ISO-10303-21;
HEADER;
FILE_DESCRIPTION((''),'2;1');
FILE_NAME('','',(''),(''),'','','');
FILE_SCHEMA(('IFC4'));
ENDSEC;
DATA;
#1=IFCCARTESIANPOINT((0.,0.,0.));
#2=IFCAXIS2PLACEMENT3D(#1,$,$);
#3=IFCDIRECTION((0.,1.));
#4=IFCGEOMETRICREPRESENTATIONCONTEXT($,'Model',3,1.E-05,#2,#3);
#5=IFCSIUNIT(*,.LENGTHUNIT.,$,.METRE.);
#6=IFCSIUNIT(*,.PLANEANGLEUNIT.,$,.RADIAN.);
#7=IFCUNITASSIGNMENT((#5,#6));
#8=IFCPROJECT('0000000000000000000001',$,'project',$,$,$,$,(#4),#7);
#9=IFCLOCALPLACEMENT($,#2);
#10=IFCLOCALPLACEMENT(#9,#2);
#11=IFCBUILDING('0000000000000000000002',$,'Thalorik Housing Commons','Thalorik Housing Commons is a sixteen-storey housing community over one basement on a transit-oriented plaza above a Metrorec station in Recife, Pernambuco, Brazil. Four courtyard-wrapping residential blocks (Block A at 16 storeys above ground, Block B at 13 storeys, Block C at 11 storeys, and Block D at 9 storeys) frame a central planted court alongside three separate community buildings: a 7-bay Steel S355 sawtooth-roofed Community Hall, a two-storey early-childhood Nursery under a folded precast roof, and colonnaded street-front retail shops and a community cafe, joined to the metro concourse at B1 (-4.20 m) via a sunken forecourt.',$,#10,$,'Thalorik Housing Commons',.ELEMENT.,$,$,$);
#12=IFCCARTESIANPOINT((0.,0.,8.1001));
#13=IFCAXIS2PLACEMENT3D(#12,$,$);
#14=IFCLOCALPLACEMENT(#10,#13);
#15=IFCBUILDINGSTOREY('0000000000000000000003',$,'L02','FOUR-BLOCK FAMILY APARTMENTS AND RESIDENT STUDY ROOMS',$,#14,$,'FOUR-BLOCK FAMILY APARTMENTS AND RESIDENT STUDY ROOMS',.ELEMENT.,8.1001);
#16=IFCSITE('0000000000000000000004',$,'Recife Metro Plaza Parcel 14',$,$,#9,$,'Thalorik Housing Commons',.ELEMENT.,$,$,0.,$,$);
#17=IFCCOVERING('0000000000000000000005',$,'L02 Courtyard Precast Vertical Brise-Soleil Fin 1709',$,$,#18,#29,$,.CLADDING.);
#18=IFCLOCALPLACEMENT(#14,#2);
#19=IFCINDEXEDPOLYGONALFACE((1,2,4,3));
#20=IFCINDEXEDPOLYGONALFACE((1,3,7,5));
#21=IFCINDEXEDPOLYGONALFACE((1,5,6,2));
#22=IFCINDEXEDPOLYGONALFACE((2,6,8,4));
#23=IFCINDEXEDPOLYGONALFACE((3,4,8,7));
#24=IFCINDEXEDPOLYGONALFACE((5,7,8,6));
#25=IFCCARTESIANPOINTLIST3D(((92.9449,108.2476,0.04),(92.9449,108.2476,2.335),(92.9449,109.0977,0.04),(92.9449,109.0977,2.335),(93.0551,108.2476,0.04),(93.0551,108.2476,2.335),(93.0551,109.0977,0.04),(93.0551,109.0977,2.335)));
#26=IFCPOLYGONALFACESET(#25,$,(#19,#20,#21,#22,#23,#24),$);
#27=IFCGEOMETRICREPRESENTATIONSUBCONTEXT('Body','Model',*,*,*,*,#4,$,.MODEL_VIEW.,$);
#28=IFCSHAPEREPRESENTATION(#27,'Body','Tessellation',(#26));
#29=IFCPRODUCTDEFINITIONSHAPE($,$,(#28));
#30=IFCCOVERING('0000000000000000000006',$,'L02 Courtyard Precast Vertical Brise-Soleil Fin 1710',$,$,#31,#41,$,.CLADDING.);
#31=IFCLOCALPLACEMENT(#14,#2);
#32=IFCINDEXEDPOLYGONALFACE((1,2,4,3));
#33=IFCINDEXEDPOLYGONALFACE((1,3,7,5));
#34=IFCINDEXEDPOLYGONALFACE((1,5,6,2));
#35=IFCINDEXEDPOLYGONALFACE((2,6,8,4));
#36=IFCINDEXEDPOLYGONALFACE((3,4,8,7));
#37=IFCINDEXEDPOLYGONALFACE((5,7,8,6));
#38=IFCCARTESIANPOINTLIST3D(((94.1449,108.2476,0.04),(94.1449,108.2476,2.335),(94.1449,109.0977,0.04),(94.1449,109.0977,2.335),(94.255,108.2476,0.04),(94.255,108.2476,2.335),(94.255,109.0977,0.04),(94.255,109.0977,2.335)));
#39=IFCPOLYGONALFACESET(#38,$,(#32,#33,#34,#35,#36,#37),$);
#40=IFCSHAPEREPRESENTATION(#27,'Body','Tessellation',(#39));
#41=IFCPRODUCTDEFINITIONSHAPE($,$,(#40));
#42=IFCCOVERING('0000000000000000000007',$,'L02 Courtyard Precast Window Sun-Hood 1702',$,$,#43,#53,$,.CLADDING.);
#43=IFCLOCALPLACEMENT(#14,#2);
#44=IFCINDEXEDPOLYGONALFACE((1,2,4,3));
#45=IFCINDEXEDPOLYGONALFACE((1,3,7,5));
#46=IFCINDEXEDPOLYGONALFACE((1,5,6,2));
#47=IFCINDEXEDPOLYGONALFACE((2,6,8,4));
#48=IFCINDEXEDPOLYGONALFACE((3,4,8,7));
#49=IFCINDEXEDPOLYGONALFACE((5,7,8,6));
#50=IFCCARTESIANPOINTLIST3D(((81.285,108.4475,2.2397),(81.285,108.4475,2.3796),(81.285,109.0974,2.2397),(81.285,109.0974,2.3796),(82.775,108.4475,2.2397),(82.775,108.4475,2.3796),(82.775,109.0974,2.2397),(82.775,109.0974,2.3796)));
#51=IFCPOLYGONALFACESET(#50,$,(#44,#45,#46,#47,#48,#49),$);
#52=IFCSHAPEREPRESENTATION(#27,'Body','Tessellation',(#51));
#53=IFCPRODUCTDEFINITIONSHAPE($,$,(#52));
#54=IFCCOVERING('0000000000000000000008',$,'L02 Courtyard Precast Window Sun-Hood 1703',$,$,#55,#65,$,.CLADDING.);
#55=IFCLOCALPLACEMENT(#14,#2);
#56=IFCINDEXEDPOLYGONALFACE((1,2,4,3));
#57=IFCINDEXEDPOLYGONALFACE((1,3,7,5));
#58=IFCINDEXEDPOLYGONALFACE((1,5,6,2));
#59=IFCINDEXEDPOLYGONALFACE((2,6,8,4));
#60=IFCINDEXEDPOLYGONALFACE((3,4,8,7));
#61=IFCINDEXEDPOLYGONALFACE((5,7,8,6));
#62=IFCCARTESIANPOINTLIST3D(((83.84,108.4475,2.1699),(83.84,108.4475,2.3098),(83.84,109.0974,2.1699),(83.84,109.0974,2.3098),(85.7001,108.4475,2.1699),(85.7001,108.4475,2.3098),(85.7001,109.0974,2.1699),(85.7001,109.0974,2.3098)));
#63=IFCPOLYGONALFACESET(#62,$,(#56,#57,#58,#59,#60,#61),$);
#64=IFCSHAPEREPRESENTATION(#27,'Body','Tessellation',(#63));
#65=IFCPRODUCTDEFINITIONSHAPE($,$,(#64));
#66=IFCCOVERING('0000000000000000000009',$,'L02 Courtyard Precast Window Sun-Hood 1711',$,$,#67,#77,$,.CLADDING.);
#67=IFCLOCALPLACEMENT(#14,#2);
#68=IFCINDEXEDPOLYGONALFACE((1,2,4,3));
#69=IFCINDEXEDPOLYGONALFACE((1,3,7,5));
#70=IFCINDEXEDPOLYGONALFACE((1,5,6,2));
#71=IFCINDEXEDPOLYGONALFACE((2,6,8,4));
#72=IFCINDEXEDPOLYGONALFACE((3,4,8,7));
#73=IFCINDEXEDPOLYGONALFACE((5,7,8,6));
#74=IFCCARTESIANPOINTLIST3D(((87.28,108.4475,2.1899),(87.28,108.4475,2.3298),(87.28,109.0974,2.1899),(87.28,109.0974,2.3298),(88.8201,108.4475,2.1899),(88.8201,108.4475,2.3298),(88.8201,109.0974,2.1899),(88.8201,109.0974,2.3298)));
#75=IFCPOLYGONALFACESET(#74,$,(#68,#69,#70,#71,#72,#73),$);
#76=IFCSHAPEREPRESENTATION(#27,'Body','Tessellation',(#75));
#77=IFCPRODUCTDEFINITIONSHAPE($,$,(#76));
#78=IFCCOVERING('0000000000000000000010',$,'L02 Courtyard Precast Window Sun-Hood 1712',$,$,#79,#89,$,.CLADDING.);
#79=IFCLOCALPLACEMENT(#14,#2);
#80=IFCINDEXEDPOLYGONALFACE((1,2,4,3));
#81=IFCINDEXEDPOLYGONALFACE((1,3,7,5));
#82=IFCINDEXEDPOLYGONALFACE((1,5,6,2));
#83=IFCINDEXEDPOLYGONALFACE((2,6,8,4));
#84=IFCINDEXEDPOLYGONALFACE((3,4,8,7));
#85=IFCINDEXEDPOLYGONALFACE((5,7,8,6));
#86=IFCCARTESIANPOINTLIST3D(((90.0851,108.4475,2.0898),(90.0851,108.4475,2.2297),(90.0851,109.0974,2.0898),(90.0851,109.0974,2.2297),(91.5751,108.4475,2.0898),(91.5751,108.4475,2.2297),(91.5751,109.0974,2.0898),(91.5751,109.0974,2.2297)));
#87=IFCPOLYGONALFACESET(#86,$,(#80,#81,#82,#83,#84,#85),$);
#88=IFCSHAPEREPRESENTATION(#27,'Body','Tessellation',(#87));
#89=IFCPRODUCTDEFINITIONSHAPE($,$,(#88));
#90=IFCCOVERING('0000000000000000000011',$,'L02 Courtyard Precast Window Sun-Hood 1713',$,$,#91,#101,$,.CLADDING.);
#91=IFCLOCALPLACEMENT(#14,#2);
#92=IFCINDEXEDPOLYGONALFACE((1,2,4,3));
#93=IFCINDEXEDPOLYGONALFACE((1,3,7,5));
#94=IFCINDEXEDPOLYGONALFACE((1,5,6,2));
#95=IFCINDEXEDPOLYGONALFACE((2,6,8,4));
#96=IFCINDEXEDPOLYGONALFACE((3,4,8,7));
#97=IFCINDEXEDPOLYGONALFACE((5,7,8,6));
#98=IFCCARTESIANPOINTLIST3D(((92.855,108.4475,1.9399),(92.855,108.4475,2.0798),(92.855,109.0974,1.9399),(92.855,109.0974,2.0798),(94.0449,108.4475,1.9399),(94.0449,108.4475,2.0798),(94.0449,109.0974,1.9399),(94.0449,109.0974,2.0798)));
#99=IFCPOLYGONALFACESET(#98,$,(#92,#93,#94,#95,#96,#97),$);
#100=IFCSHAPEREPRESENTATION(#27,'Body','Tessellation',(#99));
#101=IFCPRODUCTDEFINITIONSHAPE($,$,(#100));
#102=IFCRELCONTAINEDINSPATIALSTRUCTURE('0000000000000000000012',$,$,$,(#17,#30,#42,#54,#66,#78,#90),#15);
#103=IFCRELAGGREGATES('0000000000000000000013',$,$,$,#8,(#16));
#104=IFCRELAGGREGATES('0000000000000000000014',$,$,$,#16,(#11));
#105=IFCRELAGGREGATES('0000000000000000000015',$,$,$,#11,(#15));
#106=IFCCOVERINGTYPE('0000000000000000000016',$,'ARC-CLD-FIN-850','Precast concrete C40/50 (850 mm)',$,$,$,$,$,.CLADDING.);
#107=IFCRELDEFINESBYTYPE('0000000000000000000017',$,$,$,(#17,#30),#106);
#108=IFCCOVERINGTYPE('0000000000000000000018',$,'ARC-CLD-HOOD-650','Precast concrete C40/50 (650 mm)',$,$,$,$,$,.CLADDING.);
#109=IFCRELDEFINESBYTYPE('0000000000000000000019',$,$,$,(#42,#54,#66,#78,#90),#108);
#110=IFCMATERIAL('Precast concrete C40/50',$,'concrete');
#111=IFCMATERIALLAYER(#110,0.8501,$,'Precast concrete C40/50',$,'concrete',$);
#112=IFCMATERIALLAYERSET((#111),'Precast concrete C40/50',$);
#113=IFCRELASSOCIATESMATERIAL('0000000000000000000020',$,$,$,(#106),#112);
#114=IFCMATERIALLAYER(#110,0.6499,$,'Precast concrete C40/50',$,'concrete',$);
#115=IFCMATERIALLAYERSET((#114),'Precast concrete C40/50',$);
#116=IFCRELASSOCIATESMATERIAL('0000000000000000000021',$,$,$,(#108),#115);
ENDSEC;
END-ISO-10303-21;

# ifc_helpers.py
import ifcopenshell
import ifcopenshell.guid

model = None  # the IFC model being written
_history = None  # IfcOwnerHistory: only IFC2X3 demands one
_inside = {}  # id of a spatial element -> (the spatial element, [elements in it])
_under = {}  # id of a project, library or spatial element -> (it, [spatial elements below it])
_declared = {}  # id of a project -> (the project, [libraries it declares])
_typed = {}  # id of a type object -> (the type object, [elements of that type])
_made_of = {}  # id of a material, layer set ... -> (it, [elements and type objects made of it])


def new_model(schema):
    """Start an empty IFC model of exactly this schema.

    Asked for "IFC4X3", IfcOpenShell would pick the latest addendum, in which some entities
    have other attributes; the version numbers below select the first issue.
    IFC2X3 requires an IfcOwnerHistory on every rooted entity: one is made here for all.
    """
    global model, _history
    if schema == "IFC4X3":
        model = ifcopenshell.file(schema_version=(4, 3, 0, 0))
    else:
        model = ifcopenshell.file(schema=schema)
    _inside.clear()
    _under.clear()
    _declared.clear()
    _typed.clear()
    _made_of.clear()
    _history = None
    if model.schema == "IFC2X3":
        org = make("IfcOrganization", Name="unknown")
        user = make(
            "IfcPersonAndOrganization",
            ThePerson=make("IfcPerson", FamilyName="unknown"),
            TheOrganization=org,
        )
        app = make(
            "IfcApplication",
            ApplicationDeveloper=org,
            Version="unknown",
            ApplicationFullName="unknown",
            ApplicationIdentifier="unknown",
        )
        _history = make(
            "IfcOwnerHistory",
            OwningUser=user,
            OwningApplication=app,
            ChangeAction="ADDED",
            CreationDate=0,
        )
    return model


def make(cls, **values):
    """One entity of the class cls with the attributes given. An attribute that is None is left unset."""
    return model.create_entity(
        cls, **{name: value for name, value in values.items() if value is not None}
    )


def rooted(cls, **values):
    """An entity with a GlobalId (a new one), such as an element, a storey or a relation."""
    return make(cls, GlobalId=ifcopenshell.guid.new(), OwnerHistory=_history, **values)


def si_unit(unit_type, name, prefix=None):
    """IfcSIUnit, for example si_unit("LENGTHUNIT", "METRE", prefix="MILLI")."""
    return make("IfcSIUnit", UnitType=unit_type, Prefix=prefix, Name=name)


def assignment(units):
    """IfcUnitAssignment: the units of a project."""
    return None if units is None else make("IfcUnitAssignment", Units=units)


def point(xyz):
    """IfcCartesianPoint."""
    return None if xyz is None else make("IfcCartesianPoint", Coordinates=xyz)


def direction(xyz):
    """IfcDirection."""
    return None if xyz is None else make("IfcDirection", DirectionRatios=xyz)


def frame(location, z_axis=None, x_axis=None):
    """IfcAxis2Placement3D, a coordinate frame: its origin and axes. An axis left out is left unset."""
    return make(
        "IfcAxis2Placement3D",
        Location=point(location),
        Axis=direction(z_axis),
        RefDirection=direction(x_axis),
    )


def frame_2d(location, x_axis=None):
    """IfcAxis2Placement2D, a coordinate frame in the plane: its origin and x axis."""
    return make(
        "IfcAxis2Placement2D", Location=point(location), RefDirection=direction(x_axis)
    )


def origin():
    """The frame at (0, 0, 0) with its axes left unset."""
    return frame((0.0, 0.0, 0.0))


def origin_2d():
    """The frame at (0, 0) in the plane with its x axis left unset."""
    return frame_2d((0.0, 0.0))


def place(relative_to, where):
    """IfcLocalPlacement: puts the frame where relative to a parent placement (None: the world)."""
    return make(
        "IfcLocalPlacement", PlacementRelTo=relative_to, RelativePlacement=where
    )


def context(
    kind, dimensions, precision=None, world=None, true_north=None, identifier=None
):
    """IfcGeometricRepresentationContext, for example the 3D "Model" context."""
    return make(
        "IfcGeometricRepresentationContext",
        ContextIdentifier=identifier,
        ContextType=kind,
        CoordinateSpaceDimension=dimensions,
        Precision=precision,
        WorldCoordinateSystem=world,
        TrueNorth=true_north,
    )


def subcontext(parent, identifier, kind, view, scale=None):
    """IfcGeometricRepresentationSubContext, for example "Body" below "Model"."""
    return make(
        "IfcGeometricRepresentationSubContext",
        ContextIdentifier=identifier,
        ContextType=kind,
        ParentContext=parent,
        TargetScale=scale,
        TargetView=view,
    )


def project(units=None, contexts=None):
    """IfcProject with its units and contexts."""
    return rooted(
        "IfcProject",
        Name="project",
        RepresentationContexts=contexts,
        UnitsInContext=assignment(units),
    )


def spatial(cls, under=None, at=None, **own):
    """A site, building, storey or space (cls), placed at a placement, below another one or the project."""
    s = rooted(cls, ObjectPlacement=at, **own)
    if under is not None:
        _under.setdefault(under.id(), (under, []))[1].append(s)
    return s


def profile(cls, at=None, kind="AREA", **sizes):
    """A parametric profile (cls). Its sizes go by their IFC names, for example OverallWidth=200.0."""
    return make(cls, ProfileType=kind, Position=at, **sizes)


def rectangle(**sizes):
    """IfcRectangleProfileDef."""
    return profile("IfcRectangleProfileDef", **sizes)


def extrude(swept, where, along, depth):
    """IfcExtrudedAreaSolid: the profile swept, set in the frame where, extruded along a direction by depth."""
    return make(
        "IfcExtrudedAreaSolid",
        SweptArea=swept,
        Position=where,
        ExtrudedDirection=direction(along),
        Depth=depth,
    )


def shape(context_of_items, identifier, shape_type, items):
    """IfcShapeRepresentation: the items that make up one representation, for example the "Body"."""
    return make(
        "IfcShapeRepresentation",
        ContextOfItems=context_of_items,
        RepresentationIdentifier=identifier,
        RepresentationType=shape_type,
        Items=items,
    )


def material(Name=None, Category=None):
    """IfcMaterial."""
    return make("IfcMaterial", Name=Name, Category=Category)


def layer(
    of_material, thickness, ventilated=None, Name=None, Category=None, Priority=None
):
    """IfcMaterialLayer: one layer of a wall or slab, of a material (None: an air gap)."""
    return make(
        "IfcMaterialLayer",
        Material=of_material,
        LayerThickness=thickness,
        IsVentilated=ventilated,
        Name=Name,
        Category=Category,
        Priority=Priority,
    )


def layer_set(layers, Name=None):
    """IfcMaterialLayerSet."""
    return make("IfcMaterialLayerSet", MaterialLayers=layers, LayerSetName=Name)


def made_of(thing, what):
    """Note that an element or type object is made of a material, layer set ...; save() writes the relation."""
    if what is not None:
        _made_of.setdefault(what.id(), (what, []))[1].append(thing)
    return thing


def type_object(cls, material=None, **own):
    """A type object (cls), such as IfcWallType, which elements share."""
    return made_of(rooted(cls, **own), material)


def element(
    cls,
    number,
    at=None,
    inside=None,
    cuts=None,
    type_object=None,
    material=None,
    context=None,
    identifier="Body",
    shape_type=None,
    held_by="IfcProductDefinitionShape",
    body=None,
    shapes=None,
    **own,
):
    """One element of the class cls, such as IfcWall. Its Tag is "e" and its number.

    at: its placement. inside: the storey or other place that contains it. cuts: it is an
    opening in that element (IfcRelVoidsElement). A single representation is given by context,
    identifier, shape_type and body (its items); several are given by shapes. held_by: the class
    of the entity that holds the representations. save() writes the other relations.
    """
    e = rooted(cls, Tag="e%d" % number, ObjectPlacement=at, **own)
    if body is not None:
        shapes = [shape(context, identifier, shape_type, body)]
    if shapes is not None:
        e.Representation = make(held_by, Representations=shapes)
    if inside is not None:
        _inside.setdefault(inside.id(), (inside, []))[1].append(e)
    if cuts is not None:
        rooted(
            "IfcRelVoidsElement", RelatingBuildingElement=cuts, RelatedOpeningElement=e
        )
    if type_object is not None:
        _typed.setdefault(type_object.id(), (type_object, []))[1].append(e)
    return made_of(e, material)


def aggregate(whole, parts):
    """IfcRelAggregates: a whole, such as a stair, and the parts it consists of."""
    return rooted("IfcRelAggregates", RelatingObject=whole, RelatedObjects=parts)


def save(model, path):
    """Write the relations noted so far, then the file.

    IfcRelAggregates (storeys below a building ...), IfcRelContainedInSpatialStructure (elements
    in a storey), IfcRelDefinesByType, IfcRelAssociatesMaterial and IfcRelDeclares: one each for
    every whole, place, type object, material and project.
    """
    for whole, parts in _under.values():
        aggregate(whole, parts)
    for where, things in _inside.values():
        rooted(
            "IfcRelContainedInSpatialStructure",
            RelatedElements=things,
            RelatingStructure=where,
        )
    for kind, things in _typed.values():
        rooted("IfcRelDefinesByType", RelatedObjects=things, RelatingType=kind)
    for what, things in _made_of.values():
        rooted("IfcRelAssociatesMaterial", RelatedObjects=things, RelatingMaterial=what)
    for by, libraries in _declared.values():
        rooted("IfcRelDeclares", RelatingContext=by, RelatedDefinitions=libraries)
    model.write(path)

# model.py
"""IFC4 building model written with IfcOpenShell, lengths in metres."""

from ifc_helpers import new_model, si_unit, direction, frame, origin, origin_2d, place, context, subcontext, project, spatial, rectangle, extrude, material, layer, layer_set, type_object, element, save


model = new_model("IFC4")

# Units and contexts
model_context = context("Model", 3, precision=1e-05, world=origin(), true_north=direction((0.0, 1.0)))
body_context = subcontext(model_context, "Body", "Model", "MODEL_VIEW")
ifc_project = project(units=[si_unit("LENGTHUNIT", "METRE"), si_unit("PLANEANGLEUNIT", "RADIAN")], contexts=[model_context])

# Site, building, storey
site_placement = place(None, origin())
site = spatial("IfcSite", under=ifc_project, at=site_placement, Name="Recife Metro Plaza Parcel 14", LongName="Thalorik Housing Commons", CompositionType="ELEMENT", RefElevation=0.0)
building_placement = place(site_placement, origin())
building = spatial("IfcBuilding", under=site, at=building_placement, Name="Thalorik Housing Commons", Description="Thalorik Housing Commons is a sixteen-storey housing community over one basement on a transit-oriented plaza above a Metrorec station in Recife, Pernambuco, Brazil. Four courtyard-wrapping residential blocks (Block A at 16 storeys above ground, Block B at 13 storeys, Block C at 11 storeys, and Block D at 9 storeys) frame a central planted court alongside three separate community buildings: a 7-bay Steel S355 sawtooth-roofed Community Hall, a two-storey early-childhood Nursery under a folded precast roof, and colonnaded street-front retail shops and a community cafe, joined to the metro concourse at B1 (-4.20 m) via a sunken forecourt.", LongName="Thalorik Housing Commons", CompositionType="ELEMENT")
storey_placement = place(building_placement, frame((0.0, 0.0, 8.1001)))
storey = spatial("IfcBuildingStorey", under=building, at=storey_placement, Name="L02", Description="FOUR-BLOCK FAMILY APARTMENTS AND RESIDENT STUDY ROOMS", LongName="FOUR-BLOCK FAMILY APARTMENTS AND RESIDENT STUDY ROOMS", CompositionType="ELEMENT", Elevation=8.1001)

# Shared definitions
ifc_material_1 = material(Name="Precast concrete C40/50", Category="concrete")

# Coverings
ifc_layer_1 = layer(ifc_material_1, 0.8501, Name="Precast concrete C40/50", Category="concrete")
ifc_layer_set_1 = layer_set([ifc_layer_1], Name="Precast concrete C40/50")
covering_type_1 = type_object("IfcCoveringType", Name="ARC-CLD-FIN-850", Description="Precast concrete C40/50 (850 mm)", PredefinedType="CLADDING", material=ifc_layer_set_1)
for number, where, z_axis, x_axis, name in (
    (1, (93.0, 108.6726, 0.04), (0.0, 0.0, 1.0), (1.0, 0.0, 0.0), "L02 Courtyard Precast Vertical Brise-Soleil Fin 1709"),
    (2, (94.2, 108.6726, 0.04), (0.0, 0.0, 1.0), (1.0, 0.0, 0.0), "L02 Courtyard Precast Vertical Brise-Soleil Fin 1710"),
):
    element("IfcCovering", number, at=place(storey_placement, frame(where, z_axis=z_axis, x_axis=x_axis)), inside=storey, type_object=covering_type_1, Name=name, PredefinedType="CLADDING", context=body_context, shape_type="SweptSolid", body=[
        extrude(rectangle(XDim=0.1101, YDim=0.8501, at=origin_2d()), origin(), (0.0, 0.0, 1.0), 2.2949),
    ])
ifc_layer_2 = layer(ifc_material_1, 0.6499, Name="Precast concrete C40/50", Category="concrete")
ifc_layer_set_2 = layer_set([ifc_layer_2], Name="Precast concrete C40/50")
covering_type_2 = type_object("IfcCoveringType", Name="ARC-CLD-HOOD-650", Description="Precast concrete C40/50 (650 mm)", PredefinedType="CLADDING", material=ifc_layer_set_2)
covering_1_placement = place(storey_placement, frame((82.03, 108.7725, 2.2397), z_axis=(0.0, 0.0, 1.0), x_axis=(1.0, 0.0, 0.0)))
element("IfcCovering", 3, at=covering_1_placement, inside=storey, type_object=covering_type_2, Name="L02 Courtyard Precast Window Sun-Hood 1702", PredefinedType="CLADDING", context=body_context, shape_type="SweptSolid", body=[
    extrude(rectangle(XDim=1.49, YDim=0.6499, at=origin_2d()), origin(), (0.0, 0.0, 1.0), 0.1399),
])
covering_2_placement = place(storey_placement, frame((84.77, 108.7725, 2.1699), z_axis=(0.0, 0.0, 1.0), x_axis=(1.0, 0.0, 0.0)))
element("IfcCovering", 4, at=covering_2_placement, inside=storey, type_object=covering_type_2, Name="L02 Courtyard Precast Window Sun-Hood 1703", PredefinedType="CLADDING", context=body_context, shape_type="SweptSolid", body=[
    extrude(rectangle(XDim=1.8601, YDim=0.6499, at=origin_2d()), origin(), (0.0, 0.0, 1.0), 0.1399),
])
covering_3_placement = place(storey_placement, frame((88.05, 108.7725, 2.1899), z_axis=(0.0, 0.0, 1.0), x_axis=(1.0, 0.0, 0.0)))
element("IfcCovering", 5, at=covering_3_placement, inside=storey, type_object=covering_type_2, Name="L02 Courtyard Precast Window Sun-Hood 1711", PredefinedType="CLADDING", context=body_context, shape_type="SweptSolid", body=[
    extrude(rectangle(XDim=1.54, YDim=0.6499, at=origin_2d()), origin(), (0.0, 0.0, 1.0), 0.1399),
])
covering_4_placement = place(storey_placement, frame((90.8301, 108.7725, 2.0898), z_axis=(0.0, 0.0, 1.0), x_axis=(1.0, 0.0, 0.0)))
element("IfcCovering", 6, at=covering_4_placement, inside=storey, type_object=covering_type_2, Name="L02 Courtyard Precast Window Sun-Hood 1712", PredefinedType="CLADDING", context=body_context, shape_type="SweptSolid", body=[
    extrude(rectangle(XDim=1.49, YDim=0.6499, at=origin_2d()), origin(), (0.0, 0.0, 1.0), 0.1399),
])
covering_5_placement = place(storey_placement, frame((93.45, 108.7725, 1.9399), z_axis=(0.0, 0.0, 1.0), x_axis=(1.0, 0.0, 0.0)))
element("IfcCovering", 7, at=covering_5_placement, inside=storey, type_object=covering_type_2, Name="L02 Courtyard Precast Window Sun-Hood 1713", PredefinedType="CLADDING", context=body_context, shape_type="SweptSolid", body=[
    extrude(rectangle(XDim=1.1899, YDim=0.6499, at=origin_2d()), origin(), (0.0, 0.0, 1.0), 0.1399),
])

save(model, "model.ifc")
